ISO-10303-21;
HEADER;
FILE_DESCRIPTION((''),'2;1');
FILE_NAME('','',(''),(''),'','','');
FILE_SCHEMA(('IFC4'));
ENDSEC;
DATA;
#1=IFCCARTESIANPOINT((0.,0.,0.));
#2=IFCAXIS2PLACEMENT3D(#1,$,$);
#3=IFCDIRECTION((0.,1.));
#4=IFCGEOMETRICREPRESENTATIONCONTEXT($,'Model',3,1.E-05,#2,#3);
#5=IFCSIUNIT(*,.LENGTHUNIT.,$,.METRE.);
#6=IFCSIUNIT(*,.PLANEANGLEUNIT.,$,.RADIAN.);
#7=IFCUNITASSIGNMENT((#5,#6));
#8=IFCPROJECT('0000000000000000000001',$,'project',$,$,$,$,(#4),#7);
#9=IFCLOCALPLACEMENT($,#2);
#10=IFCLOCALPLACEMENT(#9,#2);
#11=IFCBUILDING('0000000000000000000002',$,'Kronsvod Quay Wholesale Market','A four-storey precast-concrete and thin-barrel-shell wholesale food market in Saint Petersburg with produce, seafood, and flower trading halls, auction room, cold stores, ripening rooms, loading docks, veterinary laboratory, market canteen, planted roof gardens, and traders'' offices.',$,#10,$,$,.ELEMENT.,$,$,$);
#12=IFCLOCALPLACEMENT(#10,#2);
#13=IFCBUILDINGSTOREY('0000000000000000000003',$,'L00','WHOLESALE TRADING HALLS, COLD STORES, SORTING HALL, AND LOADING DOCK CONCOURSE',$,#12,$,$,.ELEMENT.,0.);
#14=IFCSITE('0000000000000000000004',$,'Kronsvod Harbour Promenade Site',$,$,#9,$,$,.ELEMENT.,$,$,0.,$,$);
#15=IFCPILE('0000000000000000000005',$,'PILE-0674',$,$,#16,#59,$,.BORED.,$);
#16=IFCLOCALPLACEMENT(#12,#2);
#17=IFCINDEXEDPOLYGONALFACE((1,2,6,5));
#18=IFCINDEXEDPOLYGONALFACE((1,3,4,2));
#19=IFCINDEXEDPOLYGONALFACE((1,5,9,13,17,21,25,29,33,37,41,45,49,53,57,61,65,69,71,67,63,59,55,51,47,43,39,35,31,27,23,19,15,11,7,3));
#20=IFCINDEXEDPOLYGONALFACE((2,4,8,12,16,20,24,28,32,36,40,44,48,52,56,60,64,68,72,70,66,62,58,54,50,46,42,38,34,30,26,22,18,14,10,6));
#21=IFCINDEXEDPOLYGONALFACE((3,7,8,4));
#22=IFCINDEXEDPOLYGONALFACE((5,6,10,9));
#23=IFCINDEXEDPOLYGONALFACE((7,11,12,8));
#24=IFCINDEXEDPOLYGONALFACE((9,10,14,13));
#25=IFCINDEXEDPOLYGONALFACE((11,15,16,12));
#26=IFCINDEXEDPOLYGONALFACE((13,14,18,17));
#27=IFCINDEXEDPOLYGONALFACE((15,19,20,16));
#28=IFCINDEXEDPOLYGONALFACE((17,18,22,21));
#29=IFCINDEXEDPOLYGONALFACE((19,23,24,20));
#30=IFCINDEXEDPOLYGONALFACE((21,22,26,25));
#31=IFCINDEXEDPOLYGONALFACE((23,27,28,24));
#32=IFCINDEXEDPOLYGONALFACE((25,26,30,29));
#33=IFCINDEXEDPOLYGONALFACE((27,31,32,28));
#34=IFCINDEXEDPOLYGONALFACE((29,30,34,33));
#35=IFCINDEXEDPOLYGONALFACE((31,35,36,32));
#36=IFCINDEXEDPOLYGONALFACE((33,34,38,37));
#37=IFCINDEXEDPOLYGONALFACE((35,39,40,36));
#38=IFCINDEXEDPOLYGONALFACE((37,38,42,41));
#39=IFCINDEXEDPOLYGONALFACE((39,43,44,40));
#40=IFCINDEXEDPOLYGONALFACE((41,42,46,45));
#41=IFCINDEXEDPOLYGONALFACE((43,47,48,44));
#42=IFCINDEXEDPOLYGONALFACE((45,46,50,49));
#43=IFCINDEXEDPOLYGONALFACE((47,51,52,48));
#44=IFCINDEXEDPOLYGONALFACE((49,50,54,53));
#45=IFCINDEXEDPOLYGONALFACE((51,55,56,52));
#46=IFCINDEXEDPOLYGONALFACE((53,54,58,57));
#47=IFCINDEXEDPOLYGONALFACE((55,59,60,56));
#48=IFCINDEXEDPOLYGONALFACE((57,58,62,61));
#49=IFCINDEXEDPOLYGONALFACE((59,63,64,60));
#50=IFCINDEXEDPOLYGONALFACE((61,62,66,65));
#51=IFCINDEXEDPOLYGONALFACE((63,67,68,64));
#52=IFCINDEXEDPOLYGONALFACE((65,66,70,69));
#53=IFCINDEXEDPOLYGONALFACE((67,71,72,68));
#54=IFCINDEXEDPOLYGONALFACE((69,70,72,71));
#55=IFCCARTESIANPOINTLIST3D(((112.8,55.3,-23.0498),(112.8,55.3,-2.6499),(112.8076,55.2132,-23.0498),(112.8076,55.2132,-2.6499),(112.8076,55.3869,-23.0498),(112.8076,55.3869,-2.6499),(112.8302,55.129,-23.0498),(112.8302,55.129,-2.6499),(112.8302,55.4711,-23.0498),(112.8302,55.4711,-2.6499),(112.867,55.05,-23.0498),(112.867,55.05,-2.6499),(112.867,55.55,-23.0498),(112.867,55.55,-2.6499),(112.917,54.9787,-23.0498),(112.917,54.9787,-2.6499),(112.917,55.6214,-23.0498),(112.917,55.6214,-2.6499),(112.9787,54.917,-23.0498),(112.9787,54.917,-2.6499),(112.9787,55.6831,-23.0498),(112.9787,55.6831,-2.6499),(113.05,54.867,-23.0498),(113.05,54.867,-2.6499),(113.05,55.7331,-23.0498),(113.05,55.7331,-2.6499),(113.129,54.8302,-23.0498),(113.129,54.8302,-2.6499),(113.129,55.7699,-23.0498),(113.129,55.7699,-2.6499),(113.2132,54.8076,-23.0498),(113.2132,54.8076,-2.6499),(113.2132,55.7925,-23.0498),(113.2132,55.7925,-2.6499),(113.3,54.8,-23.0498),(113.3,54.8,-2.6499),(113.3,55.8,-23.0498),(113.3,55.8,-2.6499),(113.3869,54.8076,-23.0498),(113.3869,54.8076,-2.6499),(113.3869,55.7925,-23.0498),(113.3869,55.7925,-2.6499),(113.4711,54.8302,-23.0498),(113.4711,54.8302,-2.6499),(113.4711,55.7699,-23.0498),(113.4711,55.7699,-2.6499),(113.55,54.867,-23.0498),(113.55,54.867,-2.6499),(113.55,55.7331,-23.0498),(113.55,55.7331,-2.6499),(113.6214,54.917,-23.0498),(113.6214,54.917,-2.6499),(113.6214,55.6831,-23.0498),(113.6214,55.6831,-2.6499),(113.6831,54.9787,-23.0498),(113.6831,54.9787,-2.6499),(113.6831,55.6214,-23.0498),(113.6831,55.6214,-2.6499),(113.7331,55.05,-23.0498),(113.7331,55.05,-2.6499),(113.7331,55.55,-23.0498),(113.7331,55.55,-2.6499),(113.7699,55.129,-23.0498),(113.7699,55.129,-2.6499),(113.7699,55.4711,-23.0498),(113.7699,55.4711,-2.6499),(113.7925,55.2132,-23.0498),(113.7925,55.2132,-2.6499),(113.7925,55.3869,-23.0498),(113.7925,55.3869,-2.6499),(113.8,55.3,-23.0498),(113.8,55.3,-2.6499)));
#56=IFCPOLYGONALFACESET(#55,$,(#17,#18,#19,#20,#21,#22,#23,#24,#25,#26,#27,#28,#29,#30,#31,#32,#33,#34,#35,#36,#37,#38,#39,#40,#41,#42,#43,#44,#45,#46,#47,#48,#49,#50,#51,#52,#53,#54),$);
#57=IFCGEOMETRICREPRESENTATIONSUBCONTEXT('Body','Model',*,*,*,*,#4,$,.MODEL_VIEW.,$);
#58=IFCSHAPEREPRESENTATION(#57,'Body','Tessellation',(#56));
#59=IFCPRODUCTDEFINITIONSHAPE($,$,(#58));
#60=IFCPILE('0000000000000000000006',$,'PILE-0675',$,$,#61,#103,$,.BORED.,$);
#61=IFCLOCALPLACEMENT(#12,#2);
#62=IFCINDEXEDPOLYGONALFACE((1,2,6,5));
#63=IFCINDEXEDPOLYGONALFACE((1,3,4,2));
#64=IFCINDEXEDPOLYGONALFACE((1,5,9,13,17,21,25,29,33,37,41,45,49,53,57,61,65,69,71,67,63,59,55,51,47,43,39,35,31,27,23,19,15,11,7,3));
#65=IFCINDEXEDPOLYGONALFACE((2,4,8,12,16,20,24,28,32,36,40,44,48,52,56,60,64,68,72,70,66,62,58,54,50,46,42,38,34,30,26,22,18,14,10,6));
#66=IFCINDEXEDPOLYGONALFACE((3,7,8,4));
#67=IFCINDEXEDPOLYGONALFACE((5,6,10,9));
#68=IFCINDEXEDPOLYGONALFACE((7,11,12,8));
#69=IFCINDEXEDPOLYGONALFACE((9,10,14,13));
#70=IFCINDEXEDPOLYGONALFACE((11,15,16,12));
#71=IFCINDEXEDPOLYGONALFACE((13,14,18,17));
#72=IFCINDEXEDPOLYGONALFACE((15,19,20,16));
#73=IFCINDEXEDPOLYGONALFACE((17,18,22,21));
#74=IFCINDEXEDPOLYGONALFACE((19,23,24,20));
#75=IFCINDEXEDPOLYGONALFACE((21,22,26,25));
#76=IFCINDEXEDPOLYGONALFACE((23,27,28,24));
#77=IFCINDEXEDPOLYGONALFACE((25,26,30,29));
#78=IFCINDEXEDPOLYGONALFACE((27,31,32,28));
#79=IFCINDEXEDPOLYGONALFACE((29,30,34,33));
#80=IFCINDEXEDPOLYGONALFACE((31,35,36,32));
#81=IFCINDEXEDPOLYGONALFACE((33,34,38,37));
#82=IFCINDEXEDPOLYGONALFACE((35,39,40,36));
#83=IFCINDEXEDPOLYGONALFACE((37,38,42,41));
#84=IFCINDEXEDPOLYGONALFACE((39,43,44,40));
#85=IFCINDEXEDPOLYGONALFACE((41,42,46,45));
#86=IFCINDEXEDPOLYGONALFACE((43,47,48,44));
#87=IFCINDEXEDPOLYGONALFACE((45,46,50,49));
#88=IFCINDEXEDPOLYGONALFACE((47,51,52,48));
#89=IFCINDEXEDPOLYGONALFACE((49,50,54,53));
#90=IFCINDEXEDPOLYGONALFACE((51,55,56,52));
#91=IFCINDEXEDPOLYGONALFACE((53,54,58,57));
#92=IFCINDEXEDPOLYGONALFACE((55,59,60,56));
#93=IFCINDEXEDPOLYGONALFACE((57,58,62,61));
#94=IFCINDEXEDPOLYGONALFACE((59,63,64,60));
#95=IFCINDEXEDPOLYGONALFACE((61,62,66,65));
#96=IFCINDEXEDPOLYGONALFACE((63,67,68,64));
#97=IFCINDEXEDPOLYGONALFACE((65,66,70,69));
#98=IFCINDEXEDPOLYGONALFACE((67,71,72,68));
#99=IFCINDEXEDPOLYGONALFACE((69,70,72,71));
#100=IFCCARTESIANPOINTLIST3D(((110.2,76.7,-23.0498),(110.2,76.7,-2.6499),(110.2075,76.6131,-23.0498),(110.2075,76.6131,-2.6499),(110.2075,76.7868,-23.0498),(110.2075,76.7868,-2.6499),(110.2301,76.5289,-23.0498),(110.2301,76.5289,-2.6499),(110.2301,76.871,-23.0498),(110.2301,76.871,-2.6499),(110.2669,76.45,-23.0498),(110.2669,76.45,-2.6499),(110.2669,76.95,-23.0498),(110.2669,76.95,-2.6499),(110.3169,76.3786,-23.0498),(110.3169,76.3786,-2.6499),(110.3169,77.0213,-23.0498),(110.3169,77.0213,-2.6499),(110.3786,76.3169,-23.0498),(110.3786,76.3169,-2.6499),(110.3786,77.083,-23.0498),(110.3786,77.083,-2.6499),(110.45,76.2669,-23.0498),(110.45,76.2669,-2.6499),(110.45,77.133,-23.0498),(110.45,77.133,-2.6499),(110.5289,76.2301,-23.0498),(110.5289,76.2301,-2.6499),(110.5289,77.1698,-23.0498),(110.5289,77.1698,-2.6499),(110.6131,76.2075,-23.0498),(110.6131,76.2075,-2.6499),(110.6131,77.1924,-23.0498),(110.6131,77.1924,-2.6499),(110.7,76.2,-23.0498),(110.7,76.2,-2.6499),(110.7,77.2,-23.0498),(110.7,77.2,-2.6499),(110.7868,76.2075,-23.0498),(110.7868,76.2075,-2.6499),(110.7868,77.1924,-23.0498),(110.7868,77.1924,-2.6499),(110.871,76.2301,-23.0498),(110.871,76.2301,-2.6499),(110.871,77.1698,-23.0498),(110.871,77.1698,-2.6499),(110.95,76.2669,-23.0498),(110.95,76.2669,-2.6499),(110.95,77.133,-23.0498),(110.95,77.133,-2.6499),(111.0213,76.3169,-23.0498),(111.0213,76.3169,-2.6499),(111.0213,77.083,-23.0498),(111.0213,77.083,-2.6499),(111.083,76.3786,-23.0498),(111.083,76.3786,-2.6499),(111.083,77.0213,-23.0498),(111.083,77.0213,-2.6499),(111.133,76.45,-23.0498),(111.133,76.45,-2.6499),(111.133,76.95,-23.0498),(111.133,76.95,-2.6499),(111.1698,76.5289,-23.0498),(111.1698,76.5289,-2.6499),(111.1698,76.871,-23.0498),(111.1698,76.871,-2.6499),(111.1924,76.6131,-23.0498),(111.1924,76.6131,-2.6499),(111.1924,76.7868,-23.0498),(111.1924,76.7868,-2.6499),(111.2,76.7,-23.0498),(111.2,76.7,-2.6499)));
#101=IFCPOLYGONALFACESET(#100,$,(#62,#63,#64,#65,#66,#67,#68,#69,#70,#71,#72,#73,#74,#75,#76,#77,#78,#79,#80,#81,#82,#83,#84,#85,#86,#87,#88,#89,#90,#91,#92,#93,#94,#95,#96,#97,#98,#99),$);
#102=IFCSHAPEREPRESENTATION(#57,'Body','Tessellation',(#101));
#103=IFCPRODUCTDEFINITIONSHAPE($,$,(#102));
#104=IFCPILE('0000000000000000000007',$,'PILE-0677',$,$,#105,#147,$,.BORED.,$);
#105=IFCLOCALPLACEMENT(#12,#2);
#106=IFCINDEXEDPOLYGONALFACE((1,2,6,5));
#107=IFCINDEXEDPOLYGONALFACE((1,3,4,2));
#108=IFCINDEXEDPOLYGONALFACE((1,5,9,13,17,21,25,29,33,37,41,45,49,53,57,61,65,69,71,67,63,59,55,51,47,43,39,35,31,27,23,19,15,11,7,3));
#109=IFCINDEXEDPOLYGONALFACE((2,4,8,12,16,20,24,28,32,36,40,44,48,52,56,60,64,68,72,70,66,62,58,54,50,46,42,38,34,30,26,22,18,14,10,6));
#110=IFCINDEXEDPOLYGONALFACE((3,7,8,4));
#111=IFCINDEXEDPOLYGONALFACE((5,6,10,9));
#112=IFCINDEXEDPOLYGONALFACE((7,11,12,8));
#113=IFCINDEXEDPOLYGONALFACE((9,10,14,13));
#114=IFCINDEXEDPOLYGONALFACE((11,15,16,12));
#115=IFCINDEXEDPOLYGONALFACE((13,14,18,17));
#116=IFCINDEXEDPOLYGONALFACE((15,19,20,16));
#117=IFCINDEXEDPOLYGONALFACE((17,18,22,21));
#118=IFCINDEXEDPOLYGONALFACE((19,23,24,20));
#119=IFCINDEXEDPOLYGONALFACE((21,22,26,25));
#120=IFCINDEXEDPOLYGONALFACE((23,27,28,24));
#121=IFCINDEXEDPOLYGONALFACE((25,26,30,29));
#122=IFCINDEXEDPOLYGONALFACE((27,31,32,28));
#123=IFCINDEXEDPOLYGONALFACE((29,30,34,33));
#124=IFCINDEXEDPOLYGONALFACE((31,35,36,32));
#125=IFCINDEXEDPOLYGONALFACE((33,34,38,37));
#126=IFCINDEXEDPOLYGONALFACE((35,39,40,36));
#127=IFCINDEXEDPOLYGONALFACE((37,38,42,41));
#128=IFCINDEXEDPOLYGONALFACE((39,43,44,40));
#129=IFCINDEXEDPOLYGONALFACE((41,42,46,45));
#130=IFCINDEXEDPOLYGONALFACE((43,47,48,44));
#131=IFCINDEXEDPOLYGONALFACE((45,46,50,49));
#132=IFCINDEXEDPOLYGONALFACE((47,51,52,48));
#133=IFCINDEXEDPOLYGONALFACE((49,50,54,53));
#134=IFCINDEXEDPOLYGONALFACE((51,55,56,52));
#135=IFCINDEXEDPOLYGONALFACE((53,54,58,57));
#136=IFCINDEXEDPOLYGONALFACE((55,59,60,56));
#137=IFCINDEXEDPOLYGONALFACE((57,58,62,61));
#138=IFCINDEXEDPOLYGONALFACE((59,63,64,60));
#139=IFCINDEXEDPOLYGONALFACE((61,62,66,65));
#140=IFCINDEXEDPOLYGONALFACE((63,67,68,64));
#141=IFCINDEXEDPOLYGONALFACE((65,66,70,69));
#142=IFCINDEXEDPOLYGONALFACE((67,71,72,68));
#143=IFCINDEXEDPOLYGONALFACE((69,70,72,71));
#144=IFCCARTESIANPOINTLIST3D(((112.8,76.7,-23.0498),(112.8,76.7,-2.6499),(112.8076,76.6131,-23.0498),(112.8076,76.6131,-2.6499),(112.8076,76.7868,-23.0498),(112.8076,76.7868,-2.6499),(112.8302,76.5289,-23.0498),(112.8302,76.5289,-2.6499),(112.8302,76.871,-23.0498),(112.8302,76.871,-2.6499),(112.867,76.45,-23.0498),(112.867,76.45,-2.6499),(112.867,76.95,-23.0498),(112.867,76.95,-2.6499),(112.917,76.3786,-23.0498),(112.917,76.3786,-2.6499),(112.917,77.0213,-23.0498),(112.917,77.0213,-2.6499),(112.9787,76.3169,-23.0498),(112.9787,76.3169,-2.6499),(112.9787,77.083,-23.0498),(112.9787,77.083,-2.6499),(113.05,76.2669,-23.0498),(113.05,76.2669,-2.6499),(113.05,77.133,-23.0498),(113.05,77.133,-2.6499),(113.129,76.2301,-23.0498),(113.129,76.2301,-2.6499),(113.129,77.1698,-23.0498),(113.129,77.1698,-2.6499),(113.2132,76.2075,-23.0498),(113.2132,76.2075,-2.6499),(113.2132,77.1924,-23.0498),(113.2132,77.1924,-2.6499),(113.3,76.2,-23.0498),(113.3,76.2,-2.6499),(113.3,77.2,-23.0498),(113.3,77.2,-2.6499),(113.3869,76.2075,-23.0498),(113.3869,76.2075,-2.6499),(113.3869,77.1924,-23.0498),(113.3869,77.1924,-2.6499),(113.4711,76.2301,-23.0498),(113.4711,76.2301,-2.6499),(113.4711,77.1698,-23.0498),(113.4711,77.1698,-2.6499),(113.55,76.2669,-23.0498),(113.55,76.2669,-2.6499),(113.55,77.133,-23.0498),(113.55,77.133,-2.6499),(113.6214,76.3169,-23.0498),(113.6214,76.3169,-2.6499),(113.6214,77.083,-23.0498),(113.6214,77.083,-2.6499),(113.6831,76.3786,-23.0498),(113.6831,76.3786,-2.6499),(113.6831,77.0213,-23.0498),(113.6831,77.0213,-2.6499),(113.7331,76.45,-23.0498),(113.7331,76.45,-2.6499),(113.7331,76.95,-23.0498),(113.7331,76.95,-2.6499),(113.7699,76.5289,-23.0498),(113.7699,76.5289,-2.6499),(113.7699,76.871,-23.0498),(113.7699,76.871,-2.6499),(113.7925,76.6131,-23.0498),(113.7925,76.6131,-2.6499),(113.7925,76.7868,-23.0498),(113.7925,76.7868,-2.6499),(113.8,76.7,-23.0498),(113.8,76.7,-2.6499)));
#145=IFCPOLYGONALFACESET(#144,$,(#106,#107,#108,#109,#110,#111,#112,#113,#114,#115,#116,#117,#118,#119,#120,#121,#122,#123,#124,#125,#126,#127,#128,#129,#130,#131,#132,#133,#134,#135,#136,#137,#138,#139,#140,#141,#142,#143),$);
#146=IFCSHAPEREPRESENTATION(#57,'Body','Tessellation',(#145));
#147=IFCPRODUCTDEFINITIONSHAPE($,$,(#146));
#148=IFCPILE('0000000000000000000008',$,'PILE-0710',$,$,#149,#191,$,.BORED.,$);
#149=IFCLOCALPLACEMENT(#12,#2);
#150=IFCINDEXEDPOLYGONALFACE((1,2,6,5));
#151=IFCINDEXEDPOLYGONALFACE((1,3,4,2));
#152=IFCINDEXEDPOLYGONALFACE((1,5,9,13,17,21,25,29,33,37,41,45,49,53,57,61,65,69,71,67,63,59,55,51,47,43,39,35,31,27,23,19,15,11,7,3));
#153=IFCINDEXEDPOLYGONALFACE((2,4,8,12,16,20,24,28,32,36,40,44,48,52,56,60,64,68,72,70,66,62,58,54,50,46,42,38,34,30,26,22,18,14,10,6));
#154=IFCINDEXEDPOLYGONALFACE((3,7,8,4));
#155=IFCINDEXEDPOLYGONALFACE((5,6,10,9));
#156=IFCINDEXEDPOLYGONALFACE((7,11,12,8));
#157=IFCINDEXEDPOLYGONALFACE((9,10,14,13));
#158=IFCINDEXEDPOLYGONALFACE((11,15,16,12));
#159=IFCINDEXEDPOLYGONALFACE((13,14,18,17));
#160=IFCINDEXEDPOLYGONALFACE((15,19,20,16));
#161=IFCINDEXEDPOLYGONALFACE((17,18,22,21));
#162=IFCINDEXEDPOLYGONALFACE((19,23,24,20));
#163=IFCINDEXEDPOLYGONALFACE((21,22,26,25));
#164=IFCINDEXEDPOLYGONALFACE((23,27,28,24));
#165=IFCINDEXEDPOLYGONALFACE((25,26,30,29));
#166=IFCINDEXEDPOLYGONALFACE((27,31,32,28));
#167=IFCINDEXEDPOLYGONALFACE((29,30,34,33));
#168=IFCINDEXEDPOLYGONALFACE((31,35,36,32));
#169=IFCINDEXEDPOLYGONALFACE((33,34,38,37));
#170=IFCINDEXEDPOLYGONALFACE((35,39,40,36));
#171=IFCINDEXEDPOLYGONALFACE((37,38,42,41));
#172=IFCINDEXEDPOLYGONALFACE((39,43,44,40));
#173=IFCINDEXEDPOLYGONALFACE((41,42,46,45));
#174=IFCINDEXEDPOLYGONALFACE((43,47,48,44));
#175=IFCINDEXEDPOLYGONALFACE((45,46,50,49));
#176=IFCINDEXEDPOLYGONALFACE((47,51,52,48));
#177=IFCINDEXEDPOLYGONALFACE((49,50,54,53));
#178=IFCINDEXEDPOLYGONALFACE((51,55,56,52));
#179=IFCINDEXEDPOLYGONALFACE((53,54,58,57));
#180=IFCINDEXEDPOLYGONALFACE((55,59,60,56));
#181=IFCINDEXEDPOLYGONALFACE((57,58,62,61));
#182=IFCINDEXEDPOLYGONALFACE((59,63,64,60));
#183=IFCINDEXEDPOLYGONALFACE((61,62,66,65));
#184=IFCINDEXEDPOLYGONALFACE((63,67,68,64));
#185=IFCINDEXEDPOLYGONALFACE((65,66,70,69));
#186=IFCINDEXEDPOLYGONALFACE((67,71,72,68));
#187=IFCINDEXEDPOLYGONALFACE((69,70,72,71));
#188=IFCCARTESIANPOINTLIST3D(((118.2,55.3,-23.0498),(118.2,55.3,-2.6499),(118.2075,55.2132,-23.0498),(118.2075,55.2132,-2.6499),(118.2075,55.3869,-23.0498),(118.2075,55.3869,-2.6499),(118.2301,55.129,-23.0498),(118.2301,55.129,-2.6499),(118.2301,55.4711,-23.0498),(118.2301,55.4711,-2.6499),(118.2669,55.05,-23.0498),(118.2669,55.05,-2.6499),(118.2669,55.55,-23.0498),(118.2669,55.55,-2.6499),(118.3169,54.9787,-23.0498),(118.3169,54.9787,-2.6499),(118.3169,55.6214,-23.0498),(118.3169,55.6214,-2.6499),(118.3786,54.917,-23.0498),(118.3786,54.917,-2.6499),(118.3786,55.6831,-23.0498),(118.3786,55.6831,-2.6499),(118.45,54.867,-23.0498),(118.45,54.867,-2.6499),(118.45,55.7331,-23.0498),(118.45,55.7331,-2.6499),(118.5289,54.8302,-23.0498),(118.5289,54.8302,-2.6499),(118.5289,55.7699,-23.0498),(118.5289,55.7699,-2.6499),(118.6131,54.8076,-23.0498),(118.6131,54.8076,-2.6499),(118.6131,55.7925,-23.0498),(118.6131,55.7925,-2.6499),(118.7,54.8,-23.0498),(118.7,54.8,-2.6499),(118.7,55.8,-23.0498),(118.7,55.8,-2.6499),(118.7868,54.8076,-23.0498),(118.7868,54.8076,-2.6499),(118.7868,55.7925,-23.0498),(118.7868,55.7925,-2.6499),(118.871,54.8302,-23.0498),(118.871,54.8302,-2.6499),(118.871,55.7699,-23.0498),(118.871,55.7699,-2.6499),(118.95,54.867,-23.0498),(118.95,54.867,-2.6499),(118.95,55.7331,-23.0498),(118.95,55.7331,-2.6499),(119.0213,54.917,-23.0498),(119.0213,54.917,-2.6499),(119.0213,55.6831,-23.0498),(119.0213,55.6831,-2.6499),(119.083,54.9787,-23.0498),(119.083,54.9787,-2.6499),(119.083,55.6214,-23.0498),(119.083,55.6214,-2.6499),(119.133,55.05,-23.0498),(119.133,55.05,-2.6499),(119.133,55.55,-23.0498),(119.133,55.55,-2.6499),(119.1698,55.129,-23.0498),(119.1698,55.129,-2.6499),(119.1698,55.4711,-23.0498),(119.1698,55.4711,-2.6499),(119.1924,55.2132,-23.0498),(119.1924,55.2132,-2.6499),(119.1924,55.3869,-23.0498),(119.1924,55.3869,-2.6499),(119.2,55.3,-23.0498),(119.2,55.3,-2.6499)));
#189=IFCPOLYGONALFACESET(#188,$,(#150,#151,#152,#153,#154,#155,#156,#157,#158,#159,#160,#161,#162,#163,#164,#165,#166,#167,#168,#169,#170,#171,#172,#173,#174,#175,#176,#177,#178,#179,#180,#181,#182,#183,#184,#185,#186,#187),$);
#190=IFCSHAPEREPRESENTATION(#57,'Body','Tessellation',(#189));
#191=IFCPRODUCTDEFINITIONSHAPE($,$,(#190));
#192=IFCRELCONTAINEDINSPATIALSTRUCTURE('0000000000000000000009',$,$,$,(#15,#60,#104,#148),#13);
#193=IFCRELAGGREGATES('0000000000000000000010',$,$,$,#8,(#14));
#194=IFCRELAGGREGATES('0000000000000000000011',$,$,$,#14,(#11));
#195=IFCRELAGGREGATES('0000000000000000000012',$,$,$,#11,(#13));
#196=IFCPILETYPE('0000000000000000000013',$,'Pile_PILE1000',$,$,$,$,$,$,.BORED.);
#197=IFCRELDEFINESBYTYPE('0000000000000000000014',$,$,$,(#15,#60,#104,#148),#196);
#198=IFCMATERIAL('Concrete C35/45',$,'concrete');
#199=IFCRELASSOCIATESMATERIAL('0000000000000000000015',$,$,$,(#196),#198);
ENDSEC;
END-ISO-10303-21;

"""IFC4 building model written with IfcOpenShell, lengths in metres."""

from ifc_helpers import new_model, si_unit, direction, frame, origin, origin_2d, place, context, subcontext, project, spatial, circle, extrude, material, material_profile, profile_set, type_object, element, save


model = new_model("IFC4")

# Units and contexts
model_context = context("Model", 3, precision=1e-05, world=origin(), true_north=direction((0.0, 1.0)))
body_context = subcontext(model_context, "Body", "Model", "MODEL_VIEW")
ifc_project = project(units=[si_unit("LENGTHUNIT", "METRE"), si_unit("PLANEANGLEUNIT", "RADIAN")], contexts=[model_context])

# Site, building, storey
site_placement = place(None, origin())
site = spatial("IfcSite", under=ifc_project, at=site_placement, Name="Kronsvod Harbour Promenade Site", CompositionType="ELEMENT", RefElevation=0.0)
building_placement = place(site_placement, origin())
building = spatial("IfcBuilding", under=site, at=building_placement, Name="Kronsvod Quay Wholesale Market", Description="A four-storey precast-concrete and thin-barrel-shell wholesale food market in Saint Petersburg with produce, seafood, and flower trading halls, auction room, cold stores, ripening rooms, loading docks, veterinary laboratory, market canteen, planted roof gardens, and traders' offices.", CompositionType="ELEMENT")
storey_placement = place(building_placement, origin())
storey = spatial("IfcBuildingStorey", under=building, at=storey_placement, Name="L00", Description="WHOLESALE TRADING HALLS, COLD STORES, SORTING HALL, AND LOADING DOCK CONCOURSE", CompositionType="ELEMENT", Elevation=0.0)

# Piles
ifc_material_1 = material(Name="Concrete C35/45", Category="concrete")
ifc_material_profile_1 = material_profile(ifc_material_1, circle(Radius=0.5, at=origin_2d()), Name="PILE1000")
ifc_profile_set_1 = profile_set([ifc_material_profile_1], Name="Concrete C35/45")
pile_type_1 = type_object("IfcPileType", Name="Pile_PILE1000", PredefinedType="BORED", material=ifc_profile_set_1)
for number, where, z_axis, x_axis, name in (
    (1, (113.3, 55.3, -2.6499), (0.0, 0.0, -1.0), (1.0, 0.0, 0.0), "PILE-0674"),
    (2, (110.7, 76.7, -2.6499), (0.0, 0.0, -1.0), (1.0, 0.0, 0.0), "PILE-0675"),
    (3, (113.3, 76.7, -2.6499), (0.0, 0.0, -1.0), (1.0, 0.0, 0.0), "PILE-0677"),
    (4, (118.7, 55.3, -2.6499), (0.0, 0.0, -1.0), (1.0, 0.0, 0.0), "PILE-0710"),
):
    element("IfcPile", number, at=place(storey_placement, frame(where, z_axis=z_axis, x_axis=x_axis)), inside=storey, type_object=pile_type_1, Name=name, PredefinedType="BORED", context=body_context, shape_type="SweptSolid", body=[
        extrude(circle(Radius=0.5, at=origin_2d()), origin(), (0.0, 0.0, 1.0), 20.3999),
    ])

save(model, "model.ifc")
